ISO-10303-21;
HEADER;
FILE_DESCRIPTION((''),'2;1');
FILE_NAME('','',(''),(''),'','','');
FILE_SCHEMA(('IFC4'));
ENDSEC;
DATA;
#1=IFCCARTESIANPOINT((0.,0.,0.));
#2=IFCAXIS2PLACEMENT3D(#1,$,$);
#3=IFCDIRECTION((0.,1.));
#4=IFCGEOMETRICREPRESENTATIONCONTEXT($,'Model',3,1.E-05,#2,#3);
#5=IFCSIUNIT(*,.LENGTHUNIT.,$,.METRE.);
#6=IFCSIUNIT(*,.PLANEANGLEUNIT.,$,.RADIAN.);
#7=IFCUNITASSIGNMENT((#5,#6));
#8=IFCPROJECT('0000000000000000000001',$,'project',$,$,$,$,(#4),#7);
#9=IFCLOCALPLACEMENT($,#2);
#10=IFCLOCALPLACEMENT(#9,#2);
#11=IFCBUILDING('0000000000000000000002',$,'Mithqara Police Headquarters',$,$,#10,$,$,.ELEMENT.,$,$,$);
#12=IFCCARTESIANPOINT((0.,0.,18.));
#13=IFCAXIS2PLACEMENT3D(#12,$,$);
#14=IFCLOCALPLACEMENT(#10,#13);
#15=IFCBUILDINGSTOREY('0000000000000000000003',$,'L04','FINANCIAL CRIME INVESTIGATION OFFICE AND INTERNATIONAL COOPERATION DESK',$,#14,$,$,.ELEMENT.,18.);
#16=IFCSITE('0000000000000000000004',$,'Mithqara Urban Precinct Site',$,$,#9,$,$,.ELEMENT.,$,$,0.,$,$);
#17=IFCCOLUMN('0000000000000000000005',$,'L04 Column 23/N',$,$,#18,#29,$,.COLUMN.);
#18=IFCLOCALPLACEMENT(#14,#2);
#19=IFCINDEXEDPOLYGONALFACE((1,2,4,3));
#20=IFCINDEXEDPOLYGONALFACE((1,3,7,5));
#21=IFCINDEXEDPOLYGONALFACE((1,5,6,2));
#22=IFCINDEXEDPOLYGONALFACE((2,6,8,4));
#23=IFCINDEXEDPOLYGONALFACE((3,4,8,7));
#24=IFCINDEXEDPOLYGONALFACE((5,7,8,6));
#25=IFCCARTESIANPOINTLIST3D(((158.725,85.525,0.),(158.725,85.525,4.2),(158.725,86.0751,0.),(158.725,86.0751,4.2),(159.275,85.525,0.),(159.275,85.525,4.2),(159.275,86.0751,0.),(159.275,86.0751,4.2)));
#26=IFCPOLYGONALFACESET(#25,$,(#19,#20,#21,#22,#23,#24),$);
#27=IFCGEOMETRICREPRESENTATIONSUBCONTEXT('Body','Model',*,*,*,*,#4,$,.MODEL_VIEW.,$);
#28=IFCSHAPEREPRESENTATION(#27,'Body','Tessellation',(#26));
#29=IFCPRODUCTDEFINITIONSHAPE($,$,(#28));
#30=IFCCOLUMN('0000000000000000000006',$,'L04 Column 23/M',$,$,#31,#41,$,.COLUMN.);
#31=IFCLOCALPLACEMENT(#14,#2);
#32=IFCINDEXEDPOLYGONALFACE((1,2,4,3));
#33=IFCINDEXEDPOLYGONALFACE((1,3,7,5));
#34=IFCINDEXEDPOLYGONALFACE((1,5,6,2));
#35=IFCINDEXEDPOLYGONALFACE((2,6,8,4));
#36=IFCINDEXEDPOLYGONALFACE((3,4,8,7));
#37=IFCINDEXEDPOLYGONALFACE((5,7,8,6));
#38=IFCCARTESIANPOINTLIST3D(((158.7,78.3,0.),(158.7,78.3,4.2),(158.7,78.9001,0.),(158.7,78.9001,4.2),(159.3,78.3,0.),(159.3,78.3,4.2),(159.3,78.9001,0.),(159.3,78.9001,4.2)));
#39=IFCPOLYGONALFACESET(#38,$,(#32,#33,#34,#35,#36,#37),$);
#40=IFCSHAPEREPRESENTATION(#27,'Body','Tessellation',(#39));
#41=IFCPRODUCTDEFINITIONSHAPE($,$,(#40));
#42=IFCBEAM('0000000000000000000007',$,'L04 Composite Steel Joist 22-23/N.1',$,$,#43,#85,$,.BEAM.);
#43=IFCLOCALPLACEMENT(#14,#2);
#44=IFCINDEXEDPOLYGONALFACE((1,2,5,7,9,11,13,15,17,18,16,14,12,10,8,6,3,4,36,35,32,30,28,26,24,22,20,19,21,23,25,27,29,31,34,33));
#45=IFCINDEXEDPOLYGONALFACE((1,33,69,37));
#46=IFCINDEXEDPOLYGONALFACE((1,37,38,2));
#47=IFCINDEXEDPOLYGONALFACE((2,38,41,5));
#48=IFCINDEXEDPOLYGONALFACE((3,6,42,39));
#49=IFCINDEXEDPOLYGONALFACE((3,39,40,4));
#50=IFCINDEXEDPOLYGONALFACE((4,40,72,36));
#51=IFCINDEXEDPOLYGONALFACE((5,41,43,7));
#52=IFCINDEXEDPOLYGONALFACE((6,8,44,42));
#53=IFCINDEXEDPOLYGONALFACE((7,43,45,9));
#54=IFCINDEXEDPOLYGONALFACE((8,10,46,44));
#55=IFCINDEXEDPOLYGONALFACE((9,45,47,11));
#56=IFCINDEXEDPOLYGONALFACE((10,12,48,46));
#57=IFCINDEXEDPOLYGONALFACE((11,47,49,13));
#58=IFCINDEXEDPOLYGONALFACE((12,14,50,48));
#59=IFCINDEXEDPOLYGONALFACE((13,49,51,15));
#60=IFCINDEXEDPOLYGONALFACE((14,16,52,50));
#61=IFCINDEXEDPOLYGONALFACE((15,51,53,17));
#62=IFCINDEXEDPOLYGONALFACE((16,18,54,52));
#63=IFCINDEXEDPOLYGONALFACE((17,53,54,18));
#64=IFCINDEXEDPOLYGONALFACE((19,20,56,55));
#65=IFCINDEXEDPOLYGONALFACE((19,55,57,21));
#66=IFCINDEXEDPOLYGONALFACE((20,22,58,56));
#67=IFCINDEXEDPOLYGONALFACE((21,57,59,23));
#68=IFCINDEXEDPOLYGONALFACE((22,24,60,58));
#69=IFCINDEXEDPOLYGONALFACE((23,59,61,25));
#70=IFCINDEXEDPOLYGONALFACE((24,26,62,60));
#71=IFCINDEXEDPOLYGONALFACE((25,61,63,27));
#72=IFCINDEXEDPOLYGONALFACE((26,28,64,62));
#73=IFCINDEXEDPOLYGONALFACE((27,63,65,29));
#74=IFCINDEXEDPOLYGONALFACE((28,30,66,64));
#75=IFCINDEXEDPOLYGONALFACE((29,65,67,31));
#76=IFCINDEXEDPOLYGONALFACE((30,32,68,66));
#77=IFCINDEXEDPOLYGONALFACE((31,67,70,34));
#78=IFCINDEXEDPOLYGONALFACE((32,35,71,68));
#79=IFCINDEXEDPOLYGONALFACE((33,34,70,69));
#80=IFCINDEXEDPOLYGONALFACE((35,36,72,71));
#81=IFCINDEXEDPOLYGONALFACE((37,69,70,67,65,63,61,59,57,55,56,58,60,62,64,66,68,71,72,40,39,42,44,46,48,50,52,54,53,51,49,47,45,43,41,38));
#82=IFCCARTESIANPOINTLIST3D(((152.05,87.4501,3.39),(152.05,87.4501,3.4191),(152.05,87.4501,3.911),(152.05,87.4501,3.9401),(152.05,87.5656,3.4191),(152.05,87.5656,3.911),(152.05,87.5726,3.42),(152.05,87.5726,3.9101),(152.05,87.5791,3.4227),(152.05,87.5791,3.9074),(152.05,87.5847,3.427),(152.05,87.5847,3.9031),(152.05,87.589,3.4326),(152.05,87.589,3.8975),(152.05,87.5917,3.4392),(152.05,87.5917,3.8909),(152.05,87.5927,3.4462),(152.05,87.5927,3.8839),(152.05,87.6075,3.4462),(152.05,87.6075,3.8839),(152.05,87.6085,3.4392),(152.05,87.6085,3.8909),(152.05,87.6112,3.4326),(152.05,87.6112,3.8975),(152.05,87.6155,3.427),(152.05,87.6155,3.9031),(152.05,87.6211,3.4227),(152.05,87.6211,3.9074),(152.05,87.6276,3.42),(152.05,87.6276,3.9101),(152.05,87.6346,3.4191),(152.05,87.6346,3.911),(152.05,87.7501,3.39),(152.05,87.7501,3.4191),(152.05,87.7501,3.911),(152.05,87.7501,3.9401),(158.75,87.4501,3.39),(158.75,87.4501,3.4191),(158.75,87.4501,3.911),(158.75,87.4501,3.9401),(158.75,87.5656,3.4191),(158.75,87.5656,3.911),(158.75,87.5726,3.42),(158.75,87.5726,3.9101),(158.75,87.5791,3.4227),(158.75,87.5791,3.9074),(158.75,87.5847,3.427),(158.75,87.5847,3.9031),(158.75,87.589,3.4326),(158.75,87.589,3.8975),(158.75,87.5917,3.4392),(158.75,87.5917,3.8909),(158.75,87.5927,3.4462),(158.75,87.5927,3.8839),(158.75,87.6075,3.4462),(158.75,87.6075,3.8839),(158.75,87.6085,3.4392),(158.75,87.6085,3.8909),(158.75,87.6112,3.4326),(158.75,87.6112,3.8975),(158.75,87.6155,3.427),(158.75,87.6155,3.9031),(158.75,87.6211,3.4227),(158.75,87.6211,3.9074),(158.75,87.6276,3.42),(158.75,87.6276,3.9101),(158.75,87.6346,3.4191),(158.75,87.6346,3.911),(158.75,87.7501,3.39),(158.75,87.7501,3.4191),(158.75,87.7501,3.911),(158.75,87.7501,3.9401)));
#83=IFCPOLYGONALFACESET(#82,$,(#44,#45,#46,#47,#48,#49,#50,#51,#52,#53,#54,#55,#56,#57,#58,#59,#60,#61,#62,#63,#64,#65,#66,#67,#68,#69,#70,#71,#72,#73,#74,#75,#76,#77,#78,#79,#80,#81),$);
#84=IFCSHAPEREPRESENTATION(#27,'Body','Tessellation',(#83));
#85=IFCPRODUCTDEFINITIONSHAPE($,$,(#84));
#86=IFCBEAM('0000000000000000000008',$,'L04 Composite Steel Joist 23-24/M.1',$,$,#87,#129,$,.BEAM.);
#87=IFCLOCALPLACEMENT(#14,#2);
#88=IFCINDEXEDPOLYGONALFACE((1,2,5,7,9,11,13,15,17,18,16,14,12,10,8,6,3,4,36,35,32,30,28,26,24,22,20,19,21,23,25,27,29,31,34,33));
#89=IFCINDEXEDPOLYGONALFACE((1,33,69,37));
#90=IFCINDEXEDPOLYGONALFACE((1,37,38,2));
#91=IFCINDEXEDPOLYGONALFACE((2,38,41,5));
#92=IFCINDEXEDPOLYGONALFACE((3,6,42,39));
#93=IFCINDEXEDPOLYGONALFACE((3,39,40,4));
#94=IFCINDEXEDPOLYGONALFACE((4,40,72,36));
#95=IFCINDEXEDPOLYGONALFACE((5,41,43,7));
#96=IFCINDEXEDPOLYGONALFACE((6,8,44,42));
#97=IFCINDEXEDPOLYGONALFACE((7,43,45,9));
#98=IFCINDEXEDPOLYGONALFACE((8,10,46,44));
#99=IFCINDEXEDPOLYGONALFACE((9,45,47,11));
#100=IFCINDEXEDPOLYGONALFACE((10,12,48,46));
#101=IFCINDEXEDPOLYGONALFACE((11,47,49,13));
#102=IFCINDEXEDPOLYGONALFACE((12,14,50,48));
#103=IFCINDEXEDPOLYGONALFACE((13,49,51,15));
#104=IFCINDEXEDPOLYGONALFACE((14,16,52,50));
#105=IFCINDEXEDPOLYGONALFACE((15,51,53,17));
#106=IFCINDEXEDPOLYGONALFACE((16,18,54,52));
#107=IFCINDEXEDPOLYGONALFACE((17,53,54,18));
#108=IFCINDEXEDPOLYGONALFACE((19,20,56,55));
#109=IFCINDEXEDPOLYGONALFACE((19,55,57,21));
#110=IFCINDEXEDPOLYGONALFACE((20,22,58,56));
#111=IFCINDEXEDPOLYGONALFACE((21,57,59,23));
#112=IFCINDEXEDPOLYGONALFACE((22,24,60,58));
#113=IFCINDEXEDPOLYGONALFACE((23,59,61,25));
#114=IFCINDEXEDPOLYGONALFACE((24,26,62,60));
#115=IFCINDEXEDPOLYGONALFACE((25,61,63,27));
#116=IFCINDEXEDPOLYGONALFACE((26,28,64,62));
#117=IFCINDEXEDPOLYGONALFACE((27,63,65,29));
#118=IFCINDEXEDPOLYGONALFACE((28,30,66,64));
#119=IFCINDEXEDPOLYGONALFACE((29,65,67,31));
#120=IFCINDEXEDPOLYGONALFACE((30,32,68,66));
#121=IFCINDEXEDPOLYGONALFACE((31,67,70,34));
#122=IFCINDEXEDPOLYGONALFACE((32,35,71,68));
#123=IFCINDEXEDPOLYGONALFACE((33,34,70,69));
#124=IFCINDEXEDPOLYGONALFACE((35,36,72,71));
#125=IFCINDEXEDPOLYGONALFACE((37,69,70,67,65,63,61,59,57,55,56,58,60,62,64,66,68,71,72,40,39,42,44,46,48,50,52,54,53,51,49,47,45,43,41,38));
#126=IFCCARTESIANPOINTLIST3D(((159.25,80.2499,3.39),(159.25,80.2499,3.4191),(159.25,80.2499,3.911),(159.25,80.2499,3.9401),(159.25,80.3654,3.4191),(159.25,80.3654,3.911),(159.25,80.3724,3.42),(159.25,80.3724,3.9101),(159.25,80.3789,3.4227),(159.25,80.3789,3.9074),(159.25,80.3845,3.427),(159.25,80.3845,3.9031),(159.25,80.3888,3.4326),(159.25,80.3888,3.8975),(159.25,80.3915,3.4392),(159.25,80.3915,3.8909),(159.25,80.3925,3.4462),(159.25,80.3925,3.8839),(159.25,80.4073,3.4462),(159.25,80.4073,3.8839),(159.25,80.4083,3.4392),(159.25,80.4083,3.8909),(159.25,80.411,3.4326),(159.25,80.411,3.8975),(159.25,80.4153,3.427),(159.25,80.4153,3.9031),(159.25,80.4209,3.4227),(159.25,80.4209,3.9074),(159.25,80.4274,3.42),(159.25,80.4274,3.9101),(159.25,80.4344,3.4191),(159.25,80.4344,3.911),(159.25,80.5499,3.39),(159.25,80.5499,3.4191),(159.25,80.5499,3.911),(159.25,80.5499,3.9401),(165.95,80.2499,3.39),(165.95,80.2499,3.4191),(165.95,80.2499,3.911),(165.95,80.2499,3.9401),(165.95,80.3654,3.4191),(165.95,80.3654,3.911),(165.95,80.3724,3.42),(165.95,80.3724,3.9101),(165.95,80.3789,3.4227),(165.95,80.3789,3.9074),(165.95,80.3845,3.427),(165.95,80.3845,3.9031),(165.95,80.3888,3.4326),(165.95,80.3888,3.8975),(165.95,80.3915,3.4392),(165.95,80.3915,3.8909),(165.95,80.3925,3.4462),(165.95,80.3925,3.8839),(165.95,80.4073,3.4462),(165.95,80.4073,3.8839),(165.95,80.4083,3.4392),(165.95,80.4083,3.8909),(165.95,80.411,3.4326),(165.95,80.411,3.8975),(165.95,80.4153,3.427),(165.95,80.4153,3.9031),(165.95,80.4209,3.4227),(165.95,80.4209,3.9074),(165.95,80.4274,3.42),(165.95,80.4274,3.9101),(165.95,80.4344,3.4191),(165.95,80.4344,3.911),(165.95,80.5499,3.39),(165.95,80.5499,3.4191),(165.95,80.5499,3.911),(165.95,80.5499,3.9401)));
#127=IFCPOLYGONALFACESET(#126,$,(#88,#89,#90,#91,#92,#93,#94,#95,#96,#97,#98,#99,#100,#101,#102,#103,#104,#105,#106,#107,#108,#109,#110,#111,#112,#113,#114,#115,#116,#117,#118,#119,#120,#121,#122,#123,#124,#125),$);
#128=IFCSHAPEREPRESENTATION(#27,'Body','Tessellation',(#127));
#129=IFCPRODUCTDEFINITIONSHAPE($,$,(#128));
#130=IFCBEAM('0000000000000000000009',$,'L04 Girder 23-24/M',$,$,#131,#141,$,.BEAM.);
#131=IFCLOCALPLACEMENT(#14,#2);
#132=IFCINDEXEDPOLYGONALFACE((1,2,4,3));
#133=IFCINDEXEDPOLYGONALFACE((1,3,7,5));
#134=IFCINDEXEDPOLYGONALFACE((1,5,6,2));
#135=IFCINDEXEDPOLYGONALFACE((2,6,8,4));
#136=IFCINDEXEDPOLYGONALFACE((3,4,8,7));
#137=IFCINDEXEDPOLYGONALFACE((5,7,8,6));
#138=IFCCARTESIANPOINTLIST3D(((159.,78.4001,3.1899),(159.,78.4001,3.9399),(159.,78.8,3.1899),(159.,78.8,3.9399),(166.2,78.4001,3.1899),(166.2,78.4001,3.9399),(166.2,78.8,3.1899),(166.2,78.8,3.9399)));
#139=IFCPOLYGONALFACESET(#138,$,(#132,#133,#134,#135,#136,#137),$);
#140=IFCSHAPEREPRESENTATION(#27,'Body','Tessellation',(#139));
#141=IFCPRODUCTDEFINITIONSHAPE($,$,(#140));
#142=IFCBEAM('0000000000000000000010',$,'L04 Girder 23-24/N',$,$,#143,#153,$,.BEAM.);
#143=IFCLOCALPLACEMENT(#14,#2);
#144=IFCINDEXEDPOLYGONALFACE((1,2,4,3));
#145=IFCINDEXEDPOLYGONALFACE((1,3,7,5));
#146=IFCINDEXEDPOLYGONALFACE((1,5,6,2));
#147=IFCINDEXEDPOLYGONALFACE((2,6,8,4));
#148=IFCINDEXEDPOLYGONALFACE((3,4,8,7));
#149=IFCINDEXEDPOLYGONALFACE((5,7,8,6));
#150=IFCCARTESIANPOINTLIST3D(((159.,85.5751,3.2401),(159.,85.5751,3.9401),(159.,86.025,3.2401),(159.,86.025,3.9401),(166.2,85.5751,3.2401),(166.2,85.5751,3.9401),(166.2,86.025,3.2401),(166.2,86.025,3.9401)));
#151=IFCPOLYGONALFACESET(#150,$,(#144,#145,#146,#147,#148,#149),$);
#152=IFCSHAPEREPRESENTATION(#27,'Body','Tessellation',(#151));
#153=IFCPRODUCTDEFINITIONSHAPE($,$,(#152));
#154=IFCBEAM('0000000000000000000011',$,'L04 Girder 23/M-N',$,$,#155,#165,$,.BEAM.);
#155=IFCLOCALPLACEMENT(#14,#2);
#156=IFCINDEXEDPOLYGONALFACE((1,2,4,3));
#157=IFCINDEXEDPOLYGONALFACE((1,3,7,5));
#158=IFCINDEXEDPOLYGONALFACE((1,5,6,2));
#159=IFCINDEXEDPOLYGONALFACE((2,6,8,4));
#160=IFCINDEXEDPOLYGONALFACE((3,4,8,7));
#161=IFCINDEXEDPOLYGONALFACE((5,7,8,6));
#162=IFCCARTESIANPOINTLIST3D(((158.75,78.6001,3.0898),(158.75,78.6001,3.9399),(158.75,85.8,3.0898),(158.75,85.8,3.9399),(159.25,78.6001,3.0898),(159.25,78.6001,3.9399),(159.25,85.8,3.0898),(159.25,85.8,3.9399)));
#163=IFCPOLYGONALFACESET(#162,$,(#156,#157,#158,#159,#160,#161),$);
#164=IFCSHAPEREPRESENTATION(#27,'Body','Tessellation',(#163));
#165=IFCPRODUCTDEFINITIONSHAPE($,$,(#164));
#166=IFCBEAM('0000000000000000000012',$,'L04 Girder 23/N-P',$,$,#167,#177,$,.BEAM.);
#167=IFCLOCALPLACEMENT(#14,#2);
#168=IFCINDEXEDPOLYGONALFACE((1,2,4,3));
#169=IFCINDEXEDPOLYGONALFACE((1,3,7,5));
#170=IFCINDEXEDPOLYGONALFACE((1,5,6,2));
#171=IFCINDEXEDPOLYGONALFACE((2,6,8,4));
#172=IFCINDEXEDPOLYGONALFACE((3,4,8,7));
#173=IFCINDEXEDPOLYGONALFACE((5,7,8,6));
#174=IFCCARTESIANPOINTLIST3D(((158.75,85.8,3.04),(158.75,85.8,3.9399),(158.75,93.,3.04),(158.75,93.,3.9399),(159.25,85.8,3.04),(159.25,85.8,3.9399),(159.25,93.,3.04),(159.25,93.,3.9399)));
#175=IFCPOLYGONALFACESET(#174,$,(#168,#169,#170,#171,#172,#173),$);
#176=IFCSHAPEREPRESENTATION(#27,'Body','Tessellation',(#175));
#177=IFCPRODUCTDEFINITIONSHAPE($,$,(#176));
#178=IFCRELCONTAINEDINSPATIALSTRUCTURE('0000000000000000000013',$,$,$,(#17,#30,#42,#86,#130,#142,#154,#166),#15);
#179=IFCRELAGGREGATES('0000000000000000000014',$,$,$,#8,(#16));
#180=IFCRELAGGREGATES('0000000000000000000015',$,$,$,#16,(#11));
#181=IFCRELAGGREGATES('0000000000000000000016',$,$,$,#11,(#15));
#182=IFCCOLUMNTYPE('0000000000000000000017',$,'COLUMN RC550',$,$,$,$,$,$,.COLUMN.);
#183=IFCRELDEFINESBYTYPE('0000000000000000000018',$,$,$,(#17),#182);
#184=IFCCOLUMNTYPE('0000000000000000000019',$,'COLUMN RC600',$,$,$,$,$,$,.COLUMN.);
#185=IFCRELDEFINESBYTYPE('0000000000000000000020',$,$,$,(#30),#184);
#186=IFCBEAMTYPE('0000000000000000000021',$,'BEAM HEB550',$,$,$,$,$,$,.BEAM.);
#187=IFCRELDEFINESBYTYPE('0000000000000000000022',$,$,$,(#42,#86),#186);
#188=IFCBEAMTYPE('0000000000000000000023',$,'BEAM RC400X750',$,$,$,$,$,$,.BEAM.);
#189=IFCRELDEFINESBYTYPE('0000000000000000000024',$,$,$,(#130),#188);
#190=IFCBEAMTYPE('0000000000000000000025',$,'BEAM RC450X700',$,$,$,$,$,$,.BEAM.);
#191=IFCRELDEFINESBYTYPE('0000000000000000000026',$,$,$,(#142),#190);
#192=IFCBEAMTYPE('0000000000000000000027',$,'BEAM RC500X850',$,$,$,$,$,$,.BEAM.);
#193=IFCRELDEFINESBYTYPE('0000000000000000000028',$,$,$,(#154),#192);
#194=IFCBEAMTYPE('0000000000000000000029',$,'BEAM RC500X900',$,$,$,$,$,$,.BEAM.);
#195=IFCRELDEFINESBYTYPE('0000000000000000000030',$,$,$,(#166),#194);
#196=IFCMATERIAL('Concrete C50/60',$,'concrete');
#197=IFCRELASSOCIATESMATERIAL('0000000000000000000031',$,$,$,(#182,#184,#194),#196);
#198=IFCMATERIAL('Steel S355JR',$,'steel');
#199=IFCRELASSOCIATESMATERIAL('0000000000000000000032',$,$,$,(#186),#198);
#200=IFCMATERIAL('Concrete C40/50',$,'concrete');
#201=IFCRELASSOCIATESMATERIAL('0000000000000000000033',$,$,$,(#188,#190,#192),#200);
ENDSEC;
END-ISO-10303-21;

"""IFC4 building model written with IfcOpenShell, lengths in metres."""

from ifc_helpers import new_model, si_unit, direction, frame, origin, origin_2d, place, context, subcontext, project, spatial, rectangle, i_section, extrude, material, material_profile, profile_set, type_object, element, save


model = new_model("IFC4")

# Units and contexts
model_context = context("Model", 3, precision=1e-05, world=origin(), true_north=direction((0.0, 1.0)))
body_context = subcontext(model_context, "Body", "Model", "MODEL_VIEW")
ifc_project = project(units=[si_unit("LENGTHUNIT", "METRE"), si_unit("PLANEANGLEUNIT", "RADIAN")], contexts=[model_context])

# Site, building, storey
site_placement = place(None, origin())
site = spatial("IfcSite", under=ifc_project, at=site_placement, Name="Mithqara Urban Precinct Site", CompositionType="ELEMENT", RefElevation=0.0)
building_placement = place(site_placement, origin())
building = spatial("IfcBuilding", under=site, at=building_placement, Name="Mithqara Police Headquarters", CompositionType="ELEMENT")
storey_placement = place(building_placement, frame((0.0, 0.0, 18.0)))
storey = spatial("IfcBuildingStorey", under=building, at=storey_placement, Name="L04", Description="FINANCIAL CRIME INVESTIGATION OFFICE AND INTERNATIONAL COOPERATION DESK", CompositionType="ELEMENT", Elevation=18.0)

# Columns
ifc_material_1 = material(Name="Concrete C50/60", Category="concrete")
ifc_material_profile_1 = material_profile(ifc_material_1, rectangle(XDim=0.55, YDim=0.55, at=origin_2d()), Name="RC 550x550")
ifc_profile_set_1 = profile_set([ifc_material_profile_1], Name="Concrete C50/60")
column_type_1 = type_object("IfcColumnType", Name="COLUMN RC550", PredefinedType="COLUMN", material=ifc_profile_set_1)
column_1_placement = place(storey_placement, frame((159.0, 85.8, 0.0), z_axis=(0.0, 0.0, 1.0), x_axis=(1.0, 0.0, 0.0)))
element("IfcColumn", 1, at=column_1_placement, inside=storey, type_object=column_type_1, Name="L04 Column 23/N", PredefinedType="COLUMN", context=body_context, shape_type="SweptSolid", body=[
    extrude(rectangle(XDim=0.55, YDim=0.55, at=origin_2d()), origin(), (0.0, 0.0, 1.0), 4.2),
])
ifc_material_profile_2 = material_profile(ifc_material_1, rectangle(XDim=0.6001, YDim=0.6001, at=origin_2d()), Name="RC 600x600")
ifc_profile_set_2 = profile_set([ifc_material_profile_2], Name="Concrete C50/60")
column_type_2 = type_object("IfcColumnType", Name="COLUMN RC600", PredefinedType="COLUMN", material=ifc_profile_set_2)
column_2_placement = place(storey_placement, frame((159.0, 78.6001, 0.0), z_axis=(0.0, 0.0, 1.0), x_axis=(1.0, 0.0, 0.0)))
element("IfcColumn", 2, at=column_2_placement, inside=storey, type_object=column_type_2, Name="L04 Column 23/M", PredefinedType="COLUMN", context=body_context, shape_type="SweptSolid", body=[
    extrude(rectangle(XDim=0.6001, YDim=0.6001, at=origin_2d()), origin(), (0.0, 0.0, 1.0), 4.2),
])

# Beams
ifc_material_2 = material(Name="Steel S355JR", Category="steel")
ifc_material_profile_3 = material_profile(ifc_material_2, i_section(OverallWidth=0.3, OverallDepth=0.55, WebThickness=0.0149, FlangeThickness=0.0291, FilletRadius=0.0271, at=origin_2d()), Name="HEB 550")
ifc_profile_set_3 = profile_set([ifc_material_profile_3], Name="Steel S355JR")
beam_type_1 = type_object("IfcBeamType", Name="BEAM HEB550", PredefinedType="BEAM", material=ifc_profile_set_3)
for number, where, z_axis, x_axis, name in (
    (3, (152.05, 87.6001, 3.665), (1.0, 0.0, 0.0), (0.0, 1.0, 0.0), "L04 Composite Steel Joist 22-23/N.1"),
    (4, (159.25, 80.3999, 3.665), (1.0, 0.0, 0.0), (0.0, 1.0, 0.0), "L04 Composite Steel Joist 23-24/M.1"),
):
    element("IfcBeam", number, at=place(storey_placement, frame(where, z_axis=z_axis, x_axis=x_axis)), inside=storey, type_object=beam_type_1, Name=name, PredefinedType="BEAM", context=body_context, shape_type="SweptSolid", body=[
        extrude(i_section(OverallWidth=0.3, OverallDepth=0.55, WebThickness=0.0149, FlangeThickness=0.0291, FilletRadius=0.0271, at=origin_2d()), origin(), (0.0, 0.0, 1.0), 6.7),
    ])
ifc_material_3 = material(Name="Concrete C40/50", Category="concrete")
ifc_material_profile_4 = material_profile(ifc_material_3, rectangle(XDim=0.3999, YDim=0.75, at=origin_2d()), Name="RC 400x750")
ifc_profile_set_4 = profile_set([ifc_material_profile_4], Name="Concrete C40/50")
beam_type_2 = type_object("IfcBeamType", Name="BEAM RC400X750", PredefinedType="BEAM", material=ifc_profile_set_4)
beam_1_placement = place(storey_placement, frame((159.0, 78.6001, 3.5649), z_axis=(1.0, 0.0, 0.0), x_axis=(0.0, 1.0, 0.0)))
element("IfcBeam", 5, at=beam_1_placement, inside=storey, type_object=beam_type_2, Name="L04 Girder 23-24/M", PredefinedType="BEAM", context=body_context, shape_type="SweptSolid", body=[
    extrude(rectangle(XDim=0.3999, YDim=0.75, at=origin_2d()), origin(), (0.0, 0.0, 1.0), 7.2),
])
ifc_material_profile_5 = material_profile(ifc_material_3, rectangle(XDim=0.45, YDim=0.7, at=origin_2d()), Name="RC 450x700")
ifc_profile_set_5 = profile_set([ifc_material_profile_5], Name="Concrete C40/50")
beam_type_3 = type_object("IfcBeamType", Name="BEAM RC450X700", PredefinedType="BEAM", material=ifc_profile_set_5)
beam_2_placement = place(storey_placement, frame((159.0, 85.8, 3.5901), z_axis=(1.0, 0.0, 0.0), x_axis=(0.0, 1.0, 0.0)))
element("IfcBeam", 6, at=beam_2_placement, inside=storey, type_object=beam_type_3, Name="L04 Girder 23-24/N", PredefinedType="BEAM", context=body_context, shape_type="SweptSolid", body=[
    extrude(rectangle(XDim=0.45, YDim=0.7, at=origin_2d()), origin(), (0.0, 0.0, 1.0), 7.2),
])
ifc_material_profile_6 = material_profile(ifc_material_3, rectangle(XDim=0.5, YDim=0.8501, at=origin_2d()), Name="RC 500x850")
ifc_profile_set_6 = profile_set([ifc_material_profile_6], Name="Concrete C40/50")
beam_type_4 = type_object("IfcBeamType", Name="BEAM RC500X850", PredefinedType="BEAM", material=ifc_profile_set_6)
beam_3_placement = place(storey_placement, frame((159.0, 78.6001, 3.5149), z_axis=(0.0, 1.0, 0.0), x_axis=(-1.0, 0.0, 0.0)))
element("IfcBeam", 7, at=beam_3_placement, inside=storey, type_object=beam_type_4, Name="L04 Girder 23/M-N", PredefinedType="BEAM", context=body_context, shape_type="SweptSolid", body=[
    extrude(rectangle(XDim=0.5, YDim=0.8501, at=origin_2d()), origin(), (0.0, 0.0, 1.0), 7.2),
])
ifc_material_profile_7 = material_profile(ifc_material_1, rectangle(XDim=0.5, YDim=0.8999, at=origin_2d()), Name="RC 500x900")
ifc_profile_set_7 = profile_set([ifc_material_profile_7], Name="Concrete C50/60")
beam_type_5 = type_object("IfcBeamType", Name="BEAM RC500X900", PredefinedType="BEAM", material=ifc_profile_set_7)
beam_4_placement = place(storey_placement, frame((159.0, 85.8, 3.49), z_axis=(0.0, 1.0, 0.0), x_axis=(-1.0, 0.0, 0.0)))
element("IfcBeam", 8, at=beam_4_placement, inside=storey, type_object=beam_type_5, Name="L04 Girder 23/N-P", PredefinedType="BEAM", context=body_context, shape_type="SweptSolid", body=[
    extrude(rectangle(XDim=0.5, YDim=0.8999, at=origin_2d()), origin(), (0.0, 0.0, 1.0), 7.2),
])

save(model, "model.ifc")
